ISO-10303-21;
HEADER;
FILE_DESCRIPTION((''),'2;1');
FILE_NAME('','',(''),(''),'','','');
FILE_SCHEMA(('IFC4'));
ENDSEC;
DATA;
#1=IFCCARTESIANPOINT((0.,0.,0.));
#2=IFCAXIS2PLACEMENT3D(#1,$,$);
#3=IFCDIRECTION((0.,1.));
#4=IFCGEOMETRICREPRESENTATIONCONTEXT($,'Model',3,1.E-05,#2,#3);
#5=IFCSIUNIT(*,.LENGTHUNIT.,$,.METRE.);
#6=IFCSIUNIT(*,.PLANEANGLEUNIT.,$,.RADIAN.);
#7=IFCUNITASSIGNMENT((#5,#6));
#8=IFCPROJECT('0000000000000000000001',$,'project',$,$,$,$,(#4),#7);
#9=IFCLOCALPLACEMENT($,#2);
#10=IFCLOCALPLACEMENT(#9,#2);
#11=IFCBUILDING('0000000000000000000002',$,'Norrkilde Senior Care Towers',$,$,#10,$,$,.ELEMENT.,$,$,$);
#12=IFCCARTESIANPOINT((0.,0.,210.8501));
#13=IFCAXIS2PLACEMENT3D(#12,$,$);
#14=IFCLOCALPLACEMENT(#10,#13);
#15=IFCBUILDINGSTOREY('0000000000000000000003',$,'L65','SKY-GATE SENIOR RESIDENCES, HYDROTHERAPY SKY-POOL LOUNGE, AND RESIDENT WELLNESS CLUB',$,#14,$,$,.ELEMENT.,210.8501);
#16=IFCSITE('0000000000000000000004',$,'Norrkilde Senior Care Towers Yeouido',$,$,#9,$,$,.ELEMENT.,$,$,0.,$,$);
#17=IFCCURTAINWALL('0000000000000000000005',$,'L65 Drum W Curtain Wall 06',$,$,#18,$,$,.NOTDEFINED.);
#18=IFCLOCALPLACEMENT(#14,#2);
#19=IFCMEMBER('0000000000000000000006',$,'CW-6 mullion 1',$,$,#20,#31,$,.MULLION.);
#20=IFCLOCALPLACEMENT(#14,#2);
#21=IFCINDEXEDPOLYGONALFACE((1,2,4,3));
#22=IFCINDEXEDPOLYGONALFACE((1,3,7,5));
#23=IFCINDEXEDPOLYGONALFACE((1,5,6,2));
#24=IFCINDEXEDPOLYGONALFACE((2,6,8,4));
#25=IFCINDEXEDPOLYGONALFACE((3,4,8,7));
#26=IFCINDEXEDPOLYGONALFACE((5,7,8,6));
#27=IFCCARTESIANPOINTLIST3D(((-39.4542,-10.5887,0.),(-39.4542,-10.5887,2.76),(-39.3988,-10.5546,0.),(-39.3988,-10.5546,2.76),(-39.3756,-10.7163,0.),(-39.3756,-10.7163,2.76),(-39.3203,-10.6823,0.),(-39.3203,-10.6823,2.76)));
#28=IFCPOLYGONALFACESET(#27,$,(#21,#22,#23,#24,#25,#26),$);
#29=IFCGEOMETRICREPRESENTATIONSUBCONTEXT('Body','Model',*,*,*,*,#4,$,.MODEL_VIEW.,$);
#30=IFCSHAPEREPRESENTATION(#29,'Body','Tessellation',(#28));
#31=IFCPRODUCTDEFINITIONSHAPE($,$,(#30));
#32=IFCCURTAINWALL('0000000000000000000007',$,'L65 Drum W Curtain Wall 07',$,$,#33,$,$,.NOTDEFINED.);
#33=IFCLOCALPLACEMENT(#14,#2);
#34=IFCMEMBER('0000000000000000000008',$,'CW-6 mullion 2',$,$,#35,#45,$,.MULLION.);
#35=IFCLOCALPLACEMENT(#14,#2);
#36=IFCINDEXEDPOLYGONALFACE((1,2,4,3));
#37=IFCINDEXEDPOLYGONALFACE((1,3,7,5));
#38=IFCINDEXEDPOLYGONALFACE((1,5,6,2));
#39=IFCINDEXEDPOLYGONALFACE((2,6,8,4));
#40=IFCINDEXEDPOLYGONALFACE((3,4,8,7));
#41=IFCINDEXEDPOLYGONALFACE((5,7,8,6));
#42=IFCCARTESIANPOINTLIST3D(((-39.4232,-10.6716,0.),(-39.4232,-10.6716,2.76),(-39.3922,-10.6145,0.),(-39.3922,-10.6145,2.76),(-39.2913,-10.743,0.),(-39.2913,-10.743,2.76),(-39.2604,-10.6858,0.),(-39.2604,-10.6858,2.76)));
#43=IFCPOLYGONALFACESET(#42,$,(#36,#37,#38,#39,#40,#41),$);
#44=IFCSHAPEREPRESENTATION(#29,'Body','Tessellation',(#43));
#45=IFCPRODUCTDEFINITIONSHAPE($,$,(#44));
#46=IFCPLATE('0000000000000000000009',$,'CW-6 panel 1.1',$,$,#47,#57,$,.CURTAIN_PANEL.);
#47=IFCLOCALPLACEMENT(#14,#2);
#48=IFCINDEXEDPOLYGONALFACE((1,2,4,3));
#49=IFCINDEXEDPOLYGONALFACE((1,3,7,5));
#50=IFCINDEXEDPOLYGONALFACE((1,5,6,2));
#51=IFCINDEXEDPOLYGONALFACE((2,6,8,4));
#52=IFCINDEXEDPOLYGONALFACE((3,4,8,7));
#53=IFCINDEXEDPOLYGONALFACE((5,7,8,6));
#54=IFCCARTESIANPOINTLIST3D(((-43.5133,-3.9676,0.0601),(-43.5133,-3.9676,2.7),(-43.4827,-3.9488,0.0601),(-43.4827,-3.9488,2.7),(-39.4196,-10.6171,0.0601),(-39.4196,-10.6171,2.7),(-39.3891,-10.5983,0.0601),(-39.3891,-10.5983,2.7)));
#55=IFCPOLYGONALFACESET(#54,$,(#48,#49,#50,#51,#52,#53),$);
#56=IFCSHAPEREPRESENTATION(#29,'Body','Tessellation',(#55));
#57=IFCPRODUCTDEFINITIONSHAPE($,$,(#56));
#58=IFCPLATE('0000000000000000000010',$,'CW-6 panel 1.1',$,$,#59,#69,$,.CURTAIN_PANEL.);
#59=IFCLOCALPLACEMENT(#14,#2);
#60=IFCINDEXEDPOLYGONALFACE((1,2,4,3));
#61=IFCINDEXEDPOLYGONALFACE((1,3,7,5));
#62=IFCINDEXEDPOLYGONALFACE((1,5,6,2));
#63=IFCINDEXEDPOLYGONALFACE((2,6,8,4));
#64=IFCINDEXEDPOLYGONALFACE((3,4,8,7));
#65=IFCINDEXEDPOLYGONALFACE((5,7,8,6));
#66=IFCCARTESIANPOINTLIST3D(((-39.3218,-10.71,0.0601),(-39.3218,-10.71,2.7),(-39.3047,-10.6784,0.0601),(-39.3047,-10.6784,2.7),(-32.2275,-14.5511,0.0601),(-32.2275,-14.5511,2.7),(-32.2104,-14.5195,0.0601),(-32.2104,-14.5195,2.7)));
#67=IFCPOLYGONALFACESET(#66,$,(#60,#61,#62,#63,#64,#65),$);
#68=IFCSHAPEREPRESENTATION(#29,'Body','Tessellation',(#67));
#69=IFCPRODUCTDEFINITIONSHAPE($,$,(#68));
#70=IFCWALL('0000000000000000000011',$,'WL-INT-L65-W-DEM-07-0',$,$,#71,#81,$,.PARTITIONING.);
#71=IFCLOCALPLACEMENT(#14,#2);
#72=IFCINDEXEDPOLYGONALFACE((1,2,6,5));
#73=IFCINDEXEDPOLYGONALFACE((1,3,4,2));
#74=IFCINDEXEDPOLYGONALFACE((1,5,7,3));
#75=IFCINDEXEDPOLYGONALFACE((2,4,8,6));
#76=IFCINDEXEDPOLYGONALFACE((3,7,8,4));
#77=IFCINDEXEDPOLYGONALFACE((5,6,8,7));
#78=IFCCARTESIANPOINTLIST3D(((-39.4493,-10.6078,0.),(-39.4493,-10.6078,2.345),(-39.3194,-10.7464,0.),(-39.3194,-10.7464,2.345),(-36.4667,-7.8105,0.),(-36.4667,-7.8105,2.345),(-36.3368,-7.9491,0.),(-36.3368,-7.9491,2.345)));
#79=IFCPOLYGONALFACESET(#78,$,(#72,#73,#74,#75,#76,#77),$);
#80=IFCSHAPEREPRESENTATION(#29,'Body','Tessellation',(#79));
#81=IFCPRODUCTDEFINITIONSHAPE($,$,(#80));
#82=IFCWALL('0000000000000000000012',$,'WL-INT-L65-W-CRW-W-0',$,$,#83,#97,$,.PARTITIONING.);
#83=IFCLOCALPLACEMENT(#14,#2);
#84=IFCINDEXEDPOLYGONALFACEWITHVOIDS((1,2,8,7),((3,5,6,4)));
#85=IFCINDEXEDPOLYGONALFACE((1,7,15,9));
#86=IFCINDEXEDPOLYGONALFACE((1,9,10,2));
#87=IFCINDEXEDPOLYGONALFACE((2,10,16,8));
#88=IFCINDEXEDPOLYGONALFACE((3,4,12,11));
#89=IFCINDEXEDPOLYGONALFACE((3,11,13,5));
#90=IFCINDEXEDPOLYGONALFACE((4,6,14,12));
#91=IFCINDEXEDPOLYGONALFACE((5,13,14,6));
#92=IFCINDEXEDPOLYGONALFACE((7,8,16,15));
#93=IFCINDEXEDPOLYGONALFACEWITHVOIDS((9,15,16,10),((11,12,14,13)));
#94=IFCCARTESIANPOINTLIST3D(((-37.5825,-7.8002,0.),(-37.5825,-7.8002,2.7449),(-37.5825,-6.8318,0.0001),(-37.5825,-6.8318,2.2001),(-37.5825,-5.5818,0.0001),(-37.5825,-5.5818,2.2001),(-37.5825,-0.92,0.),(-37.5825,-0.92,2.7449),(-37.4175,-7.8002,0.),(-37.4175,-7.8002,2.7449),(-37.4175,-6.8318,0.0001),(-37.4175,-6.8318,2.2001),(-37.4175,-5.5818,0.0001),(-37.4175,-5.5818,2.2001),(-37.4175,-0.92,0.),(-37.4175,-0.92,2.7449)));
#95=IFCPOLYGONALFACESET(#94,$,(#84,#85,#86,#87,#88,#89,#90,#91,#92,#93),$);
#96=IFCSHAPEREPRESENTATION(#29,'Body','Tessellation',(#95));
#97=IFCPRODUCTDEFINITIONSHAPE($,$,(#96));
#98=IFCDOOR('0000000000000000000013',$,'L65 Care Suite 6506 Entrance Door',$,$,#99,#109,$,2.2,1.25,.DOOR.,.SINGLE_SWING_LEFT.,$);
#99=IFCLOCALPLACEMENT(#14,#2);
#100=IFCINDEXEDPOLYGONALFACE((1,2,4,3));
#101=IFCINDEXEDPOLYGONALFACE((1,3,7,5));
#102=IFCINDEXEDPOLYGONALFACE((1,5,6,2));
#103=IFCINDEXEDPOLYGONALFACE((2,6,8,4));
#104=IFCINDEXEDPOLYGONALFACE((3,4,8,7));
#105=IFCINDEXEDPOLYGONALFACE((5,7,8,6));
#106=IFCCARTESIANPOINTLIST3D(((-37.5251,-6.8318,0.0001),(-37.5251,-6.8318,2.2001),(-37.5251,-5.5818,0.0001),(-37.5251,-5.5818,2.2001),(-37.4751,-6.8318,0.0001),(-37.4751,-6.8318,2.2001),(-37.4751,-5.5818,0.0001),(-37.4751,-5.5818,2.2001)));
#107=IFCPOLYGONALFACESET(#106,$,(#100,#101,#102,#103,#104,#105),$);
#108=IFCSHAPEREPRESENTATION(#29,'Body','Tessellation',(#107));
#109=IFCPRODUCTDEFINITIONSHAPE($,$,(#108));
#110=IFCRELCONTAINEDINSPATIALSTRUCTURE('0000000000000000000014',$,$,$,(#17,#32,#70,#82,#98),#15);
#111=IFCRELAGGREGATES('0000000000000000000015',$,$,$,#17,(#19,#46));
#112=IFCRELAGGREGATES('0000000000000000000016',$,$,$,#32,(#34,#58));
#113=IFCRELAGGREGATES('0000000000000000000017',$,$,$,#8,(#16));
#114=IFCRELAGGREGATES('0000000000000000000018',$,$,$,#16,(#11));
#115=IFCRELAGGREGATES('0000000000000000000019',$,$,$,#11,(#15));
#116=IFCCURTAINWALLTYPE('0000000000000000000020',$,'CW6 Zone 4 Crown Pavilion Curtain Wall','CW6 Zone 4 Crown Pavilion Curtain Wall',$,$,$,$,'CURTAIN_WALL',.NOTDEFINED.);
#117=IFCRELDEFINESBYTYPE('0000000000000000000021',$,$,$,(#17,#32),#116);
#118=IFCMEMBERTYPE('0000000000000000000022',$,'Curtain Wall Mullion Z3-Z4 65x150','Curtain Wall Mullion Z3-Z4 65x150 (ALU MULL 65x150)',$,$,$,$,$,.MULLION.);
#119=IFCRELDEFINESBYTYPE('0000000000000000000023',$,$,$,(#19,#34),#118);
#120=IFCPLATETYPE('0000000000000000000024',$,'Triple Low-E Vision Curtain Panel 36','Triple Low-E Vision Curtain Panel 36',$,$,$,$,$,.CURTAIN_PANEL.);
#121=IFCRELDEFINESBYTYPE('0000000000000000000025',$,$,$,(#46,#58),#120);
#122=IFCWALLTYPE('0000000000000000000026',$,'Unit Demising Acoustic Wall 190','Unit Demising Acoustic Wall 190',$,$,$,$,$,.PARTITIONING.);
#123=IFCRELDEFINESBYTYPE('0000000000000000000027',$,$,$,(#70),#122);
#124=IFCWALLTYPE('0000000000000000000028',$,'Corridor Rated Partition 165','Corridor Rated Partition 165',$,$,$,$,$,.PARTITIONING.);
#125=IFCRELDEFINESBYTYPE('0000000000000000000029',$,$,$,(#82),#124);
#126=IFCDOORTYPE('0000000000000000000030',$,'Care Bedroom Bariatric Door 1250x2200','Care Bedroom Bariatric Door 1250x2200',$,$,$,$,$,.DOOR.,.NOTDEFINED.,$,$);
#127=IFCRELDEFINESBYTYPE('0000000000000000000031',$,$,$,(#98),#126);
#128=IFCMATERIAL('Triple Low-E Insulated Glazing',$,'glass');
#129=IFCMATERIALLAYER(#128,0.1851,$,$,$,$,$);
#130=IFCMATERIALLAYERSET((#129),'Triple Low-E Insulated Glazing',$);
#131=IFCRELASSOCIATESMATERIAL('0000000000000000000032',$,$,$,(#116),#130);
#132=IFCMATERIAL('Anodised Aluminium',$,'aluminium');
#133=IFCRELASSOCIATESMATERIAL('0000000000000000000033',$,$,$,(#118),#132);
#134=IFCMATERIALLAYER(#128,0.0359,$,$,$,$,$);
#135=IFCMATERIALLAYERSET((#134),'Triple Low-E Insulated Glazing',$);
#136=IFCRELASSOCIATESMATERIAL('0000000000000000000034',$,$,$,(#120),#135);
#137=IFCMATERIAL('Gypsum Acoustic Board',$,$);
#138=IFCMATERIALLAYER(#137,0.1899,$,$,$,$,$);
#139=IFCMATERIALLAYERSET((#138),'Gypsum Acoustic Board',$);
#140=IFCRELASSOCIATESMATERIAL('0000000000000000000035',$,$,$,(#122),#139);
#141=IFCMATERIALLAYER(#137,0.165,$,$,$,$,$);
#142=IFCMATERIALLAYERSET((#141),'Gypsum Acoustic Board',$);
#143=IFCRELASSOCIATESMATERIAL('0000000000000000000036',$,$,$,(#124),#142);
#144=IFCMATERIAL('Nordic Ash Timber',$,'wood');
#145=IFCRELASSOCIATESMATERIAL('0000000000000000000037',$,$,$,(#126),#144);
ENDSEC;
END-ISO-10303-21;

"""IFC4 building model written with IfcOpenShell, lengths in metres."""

from ifc_helpers import new_model, si_unit, direction, frame, frame_2d, origin, origin_2d, place, context, subcontext, project, spatial, rectangle, extrude, source, transform, mapped, material, layer, layer_set, material_profile, profile_set, type_object, type_shapes, element, fill, aggregate, save


model = new_model("IFC4")

# Units and contexts
model_context = context("Model", 3, precision=1e-05, world=origin(), true_north=direction((0.0, 1.0)))
body_context = subcontext(model_context, "Body", "Model", "MODEL_VIEW")
ifc_project = project(units=[si_unit("LENGTHUNIT", "METRE"), si_unit("PLANEANGLEUNIT", "RADIAN")], contexts=[model_context])

# Site, building, storey
site_placement = place(None, origin())
site = spatial("IfcSite", under=ifc_project, at=site_placement, Name="Norrkilde Senior Care Towers Yeouido", CompositionType="ELEMENT", RefElevation=0.0)
building_placement = place(site_placement, origin())
building = spatial("IfcBuilding", under=site, at=building_placement, Name="Norrkilde Senior Care Towers", CompositionType="ELEMENT")
storey_placement = place(building_placement, frame((0.0, 0.0, 210.8501)))
storey = spatial("IfcBuildingStorey", under=building, at=storey_placement, Name="L65", Description="SKY-GATE SENIOR RESIDENCES, HYDROTHERAPY SKY-POOL LOUNGE, AND RESIDENT WELLNESS CLUB", CompositionType="ELEMENT", Elevation=210.8501)

# Curtain wall, member
ifc_material_1 = material(Name="Triple Low-E Insulated Glazing", Category="glass")
ifc_layer_1 = layer(ifc_material_1, 0.1851)
ifc_layer_set_1 = layer_set([ifc_layer_1], Name="Triple Low-E Insulated Glazing")
curtain_wall_type = type_object("IfcCurtainWallType", Name="CW6 Zone 4 Crown Pavilion Curtain Wall", Description="CW6 Zone 4 Crown Pavilion Curtain Wall", ElementType="CURTAIN_WALL", PredefinedType="NOTDEFINED", material=ifc_layer_set_1)
curtain_wall_1_placement = place(storey_placement, origin())
curtain_wall_1 = element("IfcCurtainWall", 1, at=curtain_wall_1_placement, inside=storey, type_object=curtain_wall_type, Name="L65 Drum W Curtain Wall 06", PredefinedType="NOTDEFINED")
ifc_material_2 = material(Name="Anodised Aluminium", Category="aluminium")
ifc_material_profile_1 = material_profile(ifc_material_2, rectangle(XDim=0.0649, YDim=0.1499, at=origin_2d()), Name="ALU MULL 65x150")
ifc_profile_set_1 = profile_set([ifc_material_profile_1], Name="Anodised Aluminium")
member_type_1 = type_object("IfcMemberType", Name="Curtain Wall Mullion Z3-Z4 65x150", Description="Curtain Wall Mullion Z3-Z4 65x150 (ALU MULL 65x150)", PredefinedType="MULLION", material=ifc_profile_set_1)
shared_shape_1 = source(origin(), body_context, "Body", "SweptSolid", [
    extrude(rectangle(XDim=0.0649, YDim=0.1499, at=origin_2d()), origin(), (0.0, 0.0, 1.0), 2.76),
])
type_shapes(member_type_1, [shared_shape_1])
member_1_placement = place(storey_placement, frame((-39.3872, -10.6355, 0.0), z_axis=(0.0, 0.0, 1.0), x_axis=(-0.851563, -0.524253, 0.0)))
member_1 = element("IfcMember", 2, at=member_1_placement, type_object=member_type_1, Name="CW-6 mullion 1", PredefinedType="MULLION", context=body_context, shape_type="MappedRepresentation", body=[
    mapped(shared_shape_1, transform((0.0, 0.0, 0.0), x_axis=(1.0, 0.0, 0.0), y_axis=(0.0, 1.0, 0.0), z_axis=(0.0, 0.0, 1.0), scale=1.0)),
])

# Curtain wall, member
curtain_wall_2_placement = place(storey_placement, origin())
curtain_wall_2 = element("IfcCurtainWall", 3, at=curtain_wall_2_placement, inside=storey, type_object=curtain_wall_type, Name="L65 Drum W Curtain Wall 07", PredefinedType="NOTDEFINED")
member_2_placement = place(storey_placement, frame((-39.3418, -10.6787, 0.0), z_axis=(0.0, 0.0, 1.0), x_axis=(-0.476133, -0.879373, 0.0)))
member_2 = element("IfcMember", 4, at=member_2_placement, type_object=member_type_1, Name="CW-6 mullion 2", PredefinedType="MULLION", context=body_context, shape_type="MappedRepresentation", body=[
    mapped(shared_shape_1, transform((0.0, 0.0, 0.0), x_axis=(1.0, 0.0, 0.0), y_axis=(0.0, 1.0, 0.0), z_axis=(0.0, 0.0, 1.0), scale=1.0)),
])

# Plates
ifc_layer_2 = layer(ifc_material_1, 0.0359)
ifc_layer_set_2 = layer_set([ifc_layer_2], Name="Triple Low-E Insulated Glazing")
plate_type = type_object("IfcPlateType", Name="Triple Low-E Vision Curtain Panel 36", Description="Triple Low-E Vision Curtain Panel 36", PredefinedType="CURTAIN_PANEL", material=ifc_layer_set_2)
shared_shape_2 = source(origin(), body_context, "Body", "SweptSolid", [
    extrude(rectangle(XDim=7.8086, YDim=0.0359, at=origin_2d()), origin(), (0.0, 0.0, 1.0), 2.6399),
])
plate_1_placement = place(storey_placement, frame((-41.4512, -7.283, 0.0601), z_axis=(0.0, 0.0, 1.0), x_axis=(-0.524253, 0.851563, 0.0)))
plate_1 = element("IfcPlate", 5, at=plate_1_placement, type_object=plate_type, Name="CW-6 panel 1.1", PredefinedType="CURTAIN_PANEL", context=body_context, shape_type="MappedRepresentation", body=[
    mapped(shared_shape_2, transform((0.0, 0.0, 0.0), x_axis=(1.0, 0.0, 0.0), y_axis=(0.0, 1.0, 0.0), z_axis=(0.0, 0.0, 1.0), scale=1.0)),
])
aggregate(curtain_wall_1, [member_1, plate_1])
shared_shape_3 = source(origin(), body_context, "Body", "SweptSolid", [
    extrude(rectangle(XDim=8.0674, YDim=0.0359, at=origin_2d()), origin(), (0.0, 0.0, 1.0), 2.6399),
])
type_shapes(plate_type, [shared_shape_2, shared_shape_3])
plate_2_placement = place(storey_placement, frame((-35.7661, -12.6147, 0.0601), z_axis=(0.0, 0.0, 1.0), x_axis=(-0.879373, 0.476133, 0.0)))
plate_2 = element("IfcPlate", 6, at=plate_2_placement, type_object=plate_type, Name="CW-6 panel 1.1", PredefinedType="CURTAIN_PANEL", context=body_context, shape_type="MappedRepresentation", body=[
    mapped(shared_shape_3, transform((0.0, 0.0, 0.0), x_axis=(1.0, 0.0, 0.0), y_axis=(0.0, 1.0, 0.0), z_axis=(0.0, 0.0, 1.0), scale=1.0)),
])
aggregate(curtain_wall_2, [member_2, plate_2])

# Wall
ifc_material_3 = material(Name="Gypsum Acoustic Board")
ifc_layer_3 = layer(ifc_material_3, 0.1899)
ifc_layer_set_3 = layer_set([ifc_layer_3], Name="Gypsum Acoustic Board")
wall_type_1 = type_object("IfcWallType", Name="Unit Demising Acoustic Wall 190", Description="Unit Demising Acoustic Wall 190", PredefinedType="PARTITIONING", material=ifc_layer_set_3)
shared_shape_4 = source(origin(), body_context, "Body", "SweptSolid", [
    extrude(rectangle(XDim=4.0891, YDim=0.1899, at=frame_2d((2.0444, 0.0))), origin(), (0.0, 0.0, 1.0), 2.345),
])
type_shapes(wall_type_1, [shared_shape_4])
wall_1_placement = place(storey_placement, frame((-36.4019, -7.8799, 0.0), z_axis=(0.0, 0.0, 1.0), x_axis=(-0.729401, -0.684086, 0.0)))
element("IfcWall", 7, at=wall_1_placement, inside=storey, type_object=wall_type_1, Name="WL-INT-L65-W-DEM-07-0", PredefinedType="PARTITIONING", context=body_context, shape_type="MappedRepresentation", body=[
    mapped(shared_shape_4, transform((0.0, 0.0, 0.0), x_axis=(1.0, 0.0, 0.0), y_axis=(0.0, 1.0, 0.0), z_axis=(0.0, 0.0, 1.0), scale=1.0)),
])

# Wall, opening, door
ifc_layer_4 = layer(ifc_material_3, 0.165)
ifc_layer_set_4 = layer_set([ifc_layer_4], Name="Gypsum Acoustic Board")
wall_type_2 = type_object("IfcWallType", Name="Corridor Rated Partition 165", Description="Corridor Rated Partition 165", PredefinedType="PARTITIONING", material=ifc_layer_set_4)
shared_shape_5 = source(origin(), body_context, "Body", "SweptSolid", [
    extrude(rectangle(XDim=6.8801, YDim=0.165, at=frame_2d((3.4399, 0.0))), origin(), (0.0, 0.0, 1.0), 2.7449),
])
type_shapes(wall_type_2, [shared_shape_5])
wall_2_placement = place(storey_placement, frame((-37.5, -7.8, 0.0), z_axis=(0.0, 0.0, 1.0), x_axis=(0.0, 1.0, 0.0)))
wall_2 = element("IfcWall", 8, at=wall_2_placement, inside=storey, type_object=wall_type_2, Name="WL-INT-L65-W-CRW-W-0", PredefinedType="PARTITIONING", context=body_context, shape_type="MappedRepresentation", body=[
    mapped(shared_shape_5, transform((0.0, 0.0, 0.0), x_axis=(1.0, 0.0, 0.0), y_axis=(0.0, 1.0, 0.0), z_axis=(0.0, 0.0, 1.0), scale=1.0)),
])
opening_placement = place(wall_2_placement, frame((0.9683, 0.0, 0.0)))
opening = element("IfcOpeningElement", 9, at=opening_placement, cuts=wall_2, PredefinedType="OPENING", context=body_context, shape_type="SweptSolid", body=[
    extrude(rectangle(XDim=1.25, YDim=2.2, at=frame_2d((0.625, 1.1001))), frame((0.0, 0.0925, 0.0), z_axis=(0.0, -1.0, 0.0), x_axis=(1.0, 0.0, 0.0)), (0.0, 0.0, 1.0), 0.1851),
])
ifc_material_4 = material(Name="Nordic Ash Timber", Category="wood")
door_type = type_object("IfcDoorType", Name="Care Bedroom Bariatric Door 1250x2200", Description="Care Bedroom Bariatric Door 1250x2200", OperationType="NOTDEFINED", PredefinedType="DOOR", material=ifc_material_4)
shared_shape_6 = source(origin(), body_context, "Body", "SweptSolid", [
    extrude(rectangle(XDim=1.25, YDim=2.2, at=frame_2d((0.625, 1.1001))), frame((0.0, 0.0249, 0.0), z_axis=(0.0, -1.0, 0.0), x_axis=(1.0, 0.0, 0.0)), (0.0, 0.0, 1.0), 0.05),
])
type_shapes(door_type, [shared_shape_6])
door_placement = place(opening_placement, frame((1.25, 0.0, 0.0), z_axis=(0.0, 0.0, 1.0), x_axis=(-1.0, 0.0, 0.0)))
door = element("IfcDoor", 10, at=door_placement, inside=storey, type_object=door_type, Name="L65 Care Suite 6506 Entrance Door", OperationType="SINGLE_SWING_LEFT", OverallHeight=2.2, OverallWidth=1.25, PredefinedType="DOOR", context=body_context, shape_type="MappedRepresentation", body=[
    mapped(shared_shape_6, transform((0.0, 0.0, 0.0), x_axis=(1.0, 0.0, 0.0), y_axis=(0.0, 1.0, 0.0), z_axis=(0.0, 0.0, 1.0), scale=1.0)),
])
fill(opening, door)

save(model, "model.ifc")
